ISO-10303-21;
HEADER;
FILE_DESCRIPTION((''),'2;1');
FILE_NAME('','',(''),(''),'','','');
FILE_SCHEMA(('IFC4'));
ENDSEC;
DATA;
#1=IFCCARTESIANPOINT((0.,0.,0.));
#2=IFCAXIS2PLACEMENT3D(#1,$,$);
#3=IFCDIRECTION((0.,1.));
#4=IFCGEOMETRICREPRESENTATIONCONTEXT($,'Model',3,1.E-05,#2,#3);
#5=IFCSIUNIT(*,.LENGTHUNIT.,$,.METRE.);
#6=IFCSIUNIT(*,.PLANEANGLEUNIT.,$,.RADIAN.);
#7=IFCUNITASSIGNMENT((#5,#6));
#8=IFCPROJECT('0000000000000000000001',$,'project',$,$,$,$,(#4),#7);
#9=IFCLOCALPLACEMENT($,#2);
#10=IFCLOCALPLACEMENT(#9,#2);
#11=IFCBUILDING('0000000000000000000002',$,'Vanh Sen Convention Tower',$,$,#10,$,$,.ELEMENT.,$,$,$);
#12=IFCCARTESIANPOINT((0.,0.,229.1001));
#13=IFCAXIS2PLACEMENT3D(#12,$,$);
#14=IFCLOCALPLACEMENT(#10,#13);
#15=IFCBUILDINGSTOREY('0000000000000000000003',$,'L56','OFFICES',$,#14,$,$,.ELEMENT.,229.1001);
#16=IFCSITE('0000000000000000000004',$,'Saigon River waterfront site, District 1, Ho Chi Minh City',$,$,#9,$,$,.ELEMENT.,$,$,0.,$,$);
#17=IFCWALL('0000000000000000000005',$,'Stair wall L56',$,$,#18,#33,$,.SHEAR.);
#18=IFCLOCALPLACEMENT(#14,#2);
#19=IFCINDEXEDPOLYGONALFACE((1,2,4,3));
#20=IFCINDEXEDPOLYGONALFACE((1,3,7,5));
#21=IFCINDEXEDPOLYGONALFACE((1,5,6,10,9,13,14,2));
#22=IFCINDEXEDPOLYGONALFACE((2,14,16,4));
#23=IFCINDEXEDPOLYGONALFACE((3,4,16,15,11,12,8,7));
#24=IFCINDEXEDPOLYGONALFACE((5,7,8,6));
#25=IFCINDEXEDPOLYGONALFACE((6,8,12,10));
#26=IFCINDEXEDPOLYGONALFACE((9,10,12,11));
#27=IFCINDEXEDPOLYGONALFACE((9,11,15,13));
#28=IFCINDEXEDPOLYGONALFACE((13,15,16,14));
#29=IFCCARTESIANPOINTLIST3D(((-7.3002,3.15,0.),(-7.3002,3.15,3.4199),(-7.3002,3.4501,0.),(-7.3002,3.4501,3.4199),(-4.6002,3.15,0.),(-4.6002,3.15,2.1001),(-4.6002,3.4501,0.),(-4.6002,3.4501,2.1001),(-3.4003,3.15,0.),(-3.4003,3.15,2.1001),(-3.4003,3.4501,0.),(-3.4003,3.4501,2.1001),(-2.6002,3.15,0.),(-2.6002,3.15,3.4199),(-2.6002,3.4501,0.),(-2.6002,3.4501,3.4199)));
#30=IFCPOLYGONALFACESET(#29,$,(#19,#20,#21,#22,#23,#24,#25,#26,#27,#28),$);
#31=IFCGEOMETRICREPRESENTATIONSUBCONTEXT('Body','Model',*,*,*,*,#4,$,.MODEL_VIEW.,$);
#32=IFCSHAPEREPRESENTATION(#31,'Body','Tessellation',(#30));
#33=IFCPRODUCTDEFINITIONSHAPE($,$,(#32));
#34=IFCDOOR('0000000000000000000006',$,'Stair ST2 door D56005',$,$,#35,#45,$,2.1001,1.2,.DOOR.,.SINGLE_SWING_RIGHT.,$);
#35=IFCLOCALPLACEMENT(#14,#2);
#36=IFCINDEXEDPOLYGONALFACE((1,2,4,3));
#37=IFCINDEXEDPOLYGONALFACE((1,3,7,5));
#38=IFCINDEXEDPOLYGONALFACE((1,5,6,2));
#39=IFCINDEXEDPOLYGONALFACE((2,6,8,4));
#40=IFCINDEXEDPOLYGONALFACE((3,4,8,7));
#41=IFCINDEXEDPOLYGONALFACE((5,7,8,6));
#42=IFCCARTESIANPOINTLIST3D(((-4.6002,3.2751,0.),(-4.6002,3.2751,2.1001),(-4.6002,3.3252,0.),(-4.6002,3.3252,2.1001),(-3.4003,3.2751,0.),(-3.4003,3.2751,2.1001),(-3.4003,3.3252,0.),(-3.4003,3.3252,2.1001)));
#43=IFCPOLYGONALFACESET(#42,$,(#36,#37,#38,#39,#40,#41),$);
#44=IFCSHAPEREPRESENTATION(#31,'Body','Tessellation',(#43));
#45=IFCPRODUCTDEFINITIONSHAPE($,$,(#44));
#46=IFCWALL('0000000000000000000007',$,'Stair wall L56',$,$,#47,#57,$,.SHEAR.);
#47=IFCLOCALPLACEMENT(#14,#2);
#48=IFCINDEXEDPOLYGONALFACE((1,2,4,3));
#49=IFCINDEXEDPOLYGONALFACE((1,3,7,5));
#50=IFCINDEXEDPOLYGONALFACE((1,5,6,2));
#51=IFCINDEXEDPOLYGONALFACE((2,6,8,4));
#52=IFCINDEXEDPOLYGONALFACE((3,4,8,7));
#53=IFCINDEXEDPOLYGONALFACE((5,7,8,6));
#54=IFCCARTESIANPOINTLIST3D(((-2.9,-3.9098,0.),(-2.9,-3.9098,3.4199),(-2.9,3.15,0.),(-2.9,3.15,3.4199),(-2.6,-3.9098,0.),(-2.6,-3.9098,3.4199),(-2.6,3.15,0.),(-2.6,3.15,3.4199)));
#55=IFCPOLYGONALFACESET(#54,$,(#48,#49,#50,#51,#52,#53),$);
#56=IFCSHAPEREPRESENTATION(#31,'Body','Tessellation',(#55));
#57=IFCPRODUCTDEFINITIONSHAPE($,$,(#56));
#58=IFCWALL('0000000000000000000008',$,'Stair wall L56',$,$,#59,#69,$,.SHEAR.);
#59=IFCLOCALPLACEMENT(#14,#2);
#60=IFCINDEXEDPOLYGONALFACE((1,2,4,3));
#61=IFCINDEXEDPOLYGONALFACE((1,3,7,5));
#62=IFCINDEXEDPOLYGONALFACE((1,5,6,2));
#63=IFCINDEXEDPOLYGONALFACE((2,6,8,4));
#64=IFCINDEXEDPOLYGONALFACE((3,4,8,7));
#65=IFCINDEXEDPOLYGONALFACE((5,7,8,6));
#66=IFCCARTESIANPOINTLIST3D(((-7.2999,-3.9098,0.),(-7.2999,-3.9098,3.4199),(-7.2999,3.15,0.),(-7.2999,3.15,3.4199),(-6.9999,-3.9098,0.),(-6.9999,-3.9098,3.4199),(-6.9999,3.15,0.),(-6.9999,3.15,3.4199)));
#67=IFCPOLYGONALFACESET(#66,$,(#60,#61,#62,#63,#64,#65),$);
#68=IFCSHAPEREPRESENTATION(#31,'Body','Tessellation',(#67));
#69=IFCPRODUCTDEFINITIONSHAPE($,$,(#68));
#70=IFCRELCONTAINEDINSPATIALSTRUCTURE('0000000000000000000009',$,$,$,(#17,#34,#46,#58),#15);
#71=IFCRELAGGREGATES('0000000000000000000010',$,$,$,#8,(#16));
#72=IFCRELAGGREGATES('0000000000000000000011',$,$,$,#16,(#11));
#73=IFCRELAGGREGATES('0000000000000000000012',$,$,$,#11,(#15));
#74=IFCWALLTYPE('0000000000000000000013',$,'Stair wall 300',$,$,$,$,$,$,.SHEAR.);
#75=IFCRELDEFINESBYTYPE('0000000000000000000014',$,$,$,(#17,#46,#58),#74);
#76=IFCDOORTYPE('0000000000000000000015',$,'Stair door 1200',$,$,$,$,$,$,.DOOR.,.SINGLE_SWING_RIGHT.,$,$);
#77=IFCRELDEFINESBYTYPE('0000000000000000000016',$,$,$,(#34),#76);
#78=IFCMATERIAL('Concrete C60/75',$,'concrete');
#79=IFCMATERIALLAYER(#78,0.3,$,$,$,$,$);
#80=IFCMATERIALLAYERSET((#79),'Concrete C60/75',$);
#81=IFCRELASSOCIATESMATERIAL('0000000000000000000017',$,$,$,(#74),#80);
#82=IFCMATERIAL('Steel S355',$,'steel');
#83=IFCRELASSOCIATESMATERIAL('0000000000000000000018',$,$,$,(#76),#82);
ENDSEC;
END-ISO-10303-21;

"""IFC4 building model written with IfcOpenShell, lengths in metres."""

from ifc_helpers import new_model, si_unit, direction, frame, frame_2d, origin, place, context, subcontext, project, spatial, rectangle, extrude, material, layer, layer_set, type_object, element, fill, save


model = new_model("IFC4")

# Units and contexts
model_context = context("Model", 3, precision=1e-05, world=origin(), true_north=direction((0.0, 1.0)))
body_context = subcontext(model_context, "Body", "Model", "MODEL_VIEW")
ifc_project = project(units=[si_unit("LENGTHUNIT", "METRE"), si_unit("PLANEANGLEUNIT", "RADIAN")], contexts=[model_context])

# Site, building, storey
site_placement = place(None, origin())
site = spatial("IfcSite", under=ifc_project, at=site_placement, Name="Saigon River waterfront site, District 1, Ho Chi Minh City", CompositionType="ELEMENT", RefElevation=0.0)
building_placement = place(site_placement, origin())
building = spatial("IfcBuilding", under=site, at=building_placement, Name="Vanh Sen Convention Tower", CompositionType="ELEMENT")
storey_placement = place(building_placement, frame((0.0, 0.0, 229.1001)))
storey = spatial("IfcBuildingStorey", under=building, at=storey_placement, Name="L56", Description="OFFICES", CompositionType="ELEMENT", Elevation=229.1001)

# Shared definitions
ifc_material_1 = material(Name="Concrete C60/75", Category="concrete")

# Shared definitions
ifc_material_2 = material(Name="Steel S355", Category="steel")

# Shared definitions
ifc_layer_1 = layer(ifc_material_1, 0.3)
ifc_layer_set_1 = layer_set([ifc_layer_1], Name="Concrete C60/75")
wall_type_1 = type_object("IfcWallType", Name="Stair wall 300", PredefinedType="SHEAR", material=ifc_layer_set_1)

# Wall, opening, door
wall_1_placement = place(storey_placement, frame((-2.6001, 3.3, 0.0), z_axis=(0.0, 0.0, 1.0), x_axis=(-1.0, 0.0, 0.0)))
wall_1 = element("IfcWall", 1, at=wall_1_placement, inside=storey, type_object=wall_type_1, Name="Stair wall L56", PredefinedType="SHEAR", context=body_context, shape_type="SweptSolid", body=[
    extrude(rectangle(XDim=4.7, YDim=0.3, at=frame_2d((2.3501, 0.0))), origin(), (0.0, 0.0, 1.0), 3.4199),
])
opening_1_placement = place(wall_1_placement, frame((0.8, 0.0, 0.0)))
opening_1 = element("IfcOpeningElement", 2, at=opening_1_placement, cuts=wall_1, PredefinedType="OPENING", context=body_context, shape_type="SweptSolid", body=[
    extrude(rectangle(XDim=1.2, YDim=2.1001, at=frame_2d((0.6001, 1.05))), frame((0.0, 0.1599, 0.0), z_axis=(0.0, -1.0, 0.0), x_axis=(1.0, 0.0, 0.0)), (0.0, 0.0, 1.0), 0.3201),
])
door_type_1 = type_object("IfcDoorType", Name="Stair door 1200", OperationType="SINGLE_SWING_RIGHT", PredefinedType="DOOR", material=ifc_material_2)
door_1_placement = place(opening_1_placement, origin())
door_1 = element("IfcDoor", 3, at=door_1_placement, inside=storey, type_object=door_type_1, Name="Stair ST2 door D56005", OperationType="SINGLE_SWING_RIGHT", OverallHeight=2.1001, OverallWidth=1.2, PredefinedType="DOOR", context=body_context, shape_type="SweptSolid", body=[
    extrude(rectangle(XDim=1.2, YDim=2.1001, at=frame_2d((0.6001, 1.05))), frame((0.0, 0.0249, 0.0), z_axis=(0.0, -1.0, 0.0), x_axis=(1.0, 0.0, 0.0)), (0.0, 0.0, 1.0), 0.05),
])
fill(opening_1, door_1)

# Walls
for number, where, z_axis, x_axis, name in (
    (4, (-2.75, 3.1499, 0.0), (0.0, 0.0, 1.0), (0.0, -1.0, 0.0), "Stair wall L56"),
    (5, (-7.1499, 3.1499, 0.0), (0.0, 0.0, 1.0), (0.0, -1.0, 0.0), "Stair wall L56"),
):
    element("IfcWall", number, at=place(storey_placement, frame(where, z_axis=z_axis, x_axis=x_axis)), inside=storey, type_object=wall_type_1, Name=name, PredefinedType="SHEAR", context=body_context, shape_type="SweptSolid", body=[
        extrude(rectangle(XDim=7.0598, YDim=0.3, at=frame_2d((3.5298, 0.0))), origin(), (0.0, 0.0, 1.0), 3.4199),
    ])

save(model, "model.ifc")
